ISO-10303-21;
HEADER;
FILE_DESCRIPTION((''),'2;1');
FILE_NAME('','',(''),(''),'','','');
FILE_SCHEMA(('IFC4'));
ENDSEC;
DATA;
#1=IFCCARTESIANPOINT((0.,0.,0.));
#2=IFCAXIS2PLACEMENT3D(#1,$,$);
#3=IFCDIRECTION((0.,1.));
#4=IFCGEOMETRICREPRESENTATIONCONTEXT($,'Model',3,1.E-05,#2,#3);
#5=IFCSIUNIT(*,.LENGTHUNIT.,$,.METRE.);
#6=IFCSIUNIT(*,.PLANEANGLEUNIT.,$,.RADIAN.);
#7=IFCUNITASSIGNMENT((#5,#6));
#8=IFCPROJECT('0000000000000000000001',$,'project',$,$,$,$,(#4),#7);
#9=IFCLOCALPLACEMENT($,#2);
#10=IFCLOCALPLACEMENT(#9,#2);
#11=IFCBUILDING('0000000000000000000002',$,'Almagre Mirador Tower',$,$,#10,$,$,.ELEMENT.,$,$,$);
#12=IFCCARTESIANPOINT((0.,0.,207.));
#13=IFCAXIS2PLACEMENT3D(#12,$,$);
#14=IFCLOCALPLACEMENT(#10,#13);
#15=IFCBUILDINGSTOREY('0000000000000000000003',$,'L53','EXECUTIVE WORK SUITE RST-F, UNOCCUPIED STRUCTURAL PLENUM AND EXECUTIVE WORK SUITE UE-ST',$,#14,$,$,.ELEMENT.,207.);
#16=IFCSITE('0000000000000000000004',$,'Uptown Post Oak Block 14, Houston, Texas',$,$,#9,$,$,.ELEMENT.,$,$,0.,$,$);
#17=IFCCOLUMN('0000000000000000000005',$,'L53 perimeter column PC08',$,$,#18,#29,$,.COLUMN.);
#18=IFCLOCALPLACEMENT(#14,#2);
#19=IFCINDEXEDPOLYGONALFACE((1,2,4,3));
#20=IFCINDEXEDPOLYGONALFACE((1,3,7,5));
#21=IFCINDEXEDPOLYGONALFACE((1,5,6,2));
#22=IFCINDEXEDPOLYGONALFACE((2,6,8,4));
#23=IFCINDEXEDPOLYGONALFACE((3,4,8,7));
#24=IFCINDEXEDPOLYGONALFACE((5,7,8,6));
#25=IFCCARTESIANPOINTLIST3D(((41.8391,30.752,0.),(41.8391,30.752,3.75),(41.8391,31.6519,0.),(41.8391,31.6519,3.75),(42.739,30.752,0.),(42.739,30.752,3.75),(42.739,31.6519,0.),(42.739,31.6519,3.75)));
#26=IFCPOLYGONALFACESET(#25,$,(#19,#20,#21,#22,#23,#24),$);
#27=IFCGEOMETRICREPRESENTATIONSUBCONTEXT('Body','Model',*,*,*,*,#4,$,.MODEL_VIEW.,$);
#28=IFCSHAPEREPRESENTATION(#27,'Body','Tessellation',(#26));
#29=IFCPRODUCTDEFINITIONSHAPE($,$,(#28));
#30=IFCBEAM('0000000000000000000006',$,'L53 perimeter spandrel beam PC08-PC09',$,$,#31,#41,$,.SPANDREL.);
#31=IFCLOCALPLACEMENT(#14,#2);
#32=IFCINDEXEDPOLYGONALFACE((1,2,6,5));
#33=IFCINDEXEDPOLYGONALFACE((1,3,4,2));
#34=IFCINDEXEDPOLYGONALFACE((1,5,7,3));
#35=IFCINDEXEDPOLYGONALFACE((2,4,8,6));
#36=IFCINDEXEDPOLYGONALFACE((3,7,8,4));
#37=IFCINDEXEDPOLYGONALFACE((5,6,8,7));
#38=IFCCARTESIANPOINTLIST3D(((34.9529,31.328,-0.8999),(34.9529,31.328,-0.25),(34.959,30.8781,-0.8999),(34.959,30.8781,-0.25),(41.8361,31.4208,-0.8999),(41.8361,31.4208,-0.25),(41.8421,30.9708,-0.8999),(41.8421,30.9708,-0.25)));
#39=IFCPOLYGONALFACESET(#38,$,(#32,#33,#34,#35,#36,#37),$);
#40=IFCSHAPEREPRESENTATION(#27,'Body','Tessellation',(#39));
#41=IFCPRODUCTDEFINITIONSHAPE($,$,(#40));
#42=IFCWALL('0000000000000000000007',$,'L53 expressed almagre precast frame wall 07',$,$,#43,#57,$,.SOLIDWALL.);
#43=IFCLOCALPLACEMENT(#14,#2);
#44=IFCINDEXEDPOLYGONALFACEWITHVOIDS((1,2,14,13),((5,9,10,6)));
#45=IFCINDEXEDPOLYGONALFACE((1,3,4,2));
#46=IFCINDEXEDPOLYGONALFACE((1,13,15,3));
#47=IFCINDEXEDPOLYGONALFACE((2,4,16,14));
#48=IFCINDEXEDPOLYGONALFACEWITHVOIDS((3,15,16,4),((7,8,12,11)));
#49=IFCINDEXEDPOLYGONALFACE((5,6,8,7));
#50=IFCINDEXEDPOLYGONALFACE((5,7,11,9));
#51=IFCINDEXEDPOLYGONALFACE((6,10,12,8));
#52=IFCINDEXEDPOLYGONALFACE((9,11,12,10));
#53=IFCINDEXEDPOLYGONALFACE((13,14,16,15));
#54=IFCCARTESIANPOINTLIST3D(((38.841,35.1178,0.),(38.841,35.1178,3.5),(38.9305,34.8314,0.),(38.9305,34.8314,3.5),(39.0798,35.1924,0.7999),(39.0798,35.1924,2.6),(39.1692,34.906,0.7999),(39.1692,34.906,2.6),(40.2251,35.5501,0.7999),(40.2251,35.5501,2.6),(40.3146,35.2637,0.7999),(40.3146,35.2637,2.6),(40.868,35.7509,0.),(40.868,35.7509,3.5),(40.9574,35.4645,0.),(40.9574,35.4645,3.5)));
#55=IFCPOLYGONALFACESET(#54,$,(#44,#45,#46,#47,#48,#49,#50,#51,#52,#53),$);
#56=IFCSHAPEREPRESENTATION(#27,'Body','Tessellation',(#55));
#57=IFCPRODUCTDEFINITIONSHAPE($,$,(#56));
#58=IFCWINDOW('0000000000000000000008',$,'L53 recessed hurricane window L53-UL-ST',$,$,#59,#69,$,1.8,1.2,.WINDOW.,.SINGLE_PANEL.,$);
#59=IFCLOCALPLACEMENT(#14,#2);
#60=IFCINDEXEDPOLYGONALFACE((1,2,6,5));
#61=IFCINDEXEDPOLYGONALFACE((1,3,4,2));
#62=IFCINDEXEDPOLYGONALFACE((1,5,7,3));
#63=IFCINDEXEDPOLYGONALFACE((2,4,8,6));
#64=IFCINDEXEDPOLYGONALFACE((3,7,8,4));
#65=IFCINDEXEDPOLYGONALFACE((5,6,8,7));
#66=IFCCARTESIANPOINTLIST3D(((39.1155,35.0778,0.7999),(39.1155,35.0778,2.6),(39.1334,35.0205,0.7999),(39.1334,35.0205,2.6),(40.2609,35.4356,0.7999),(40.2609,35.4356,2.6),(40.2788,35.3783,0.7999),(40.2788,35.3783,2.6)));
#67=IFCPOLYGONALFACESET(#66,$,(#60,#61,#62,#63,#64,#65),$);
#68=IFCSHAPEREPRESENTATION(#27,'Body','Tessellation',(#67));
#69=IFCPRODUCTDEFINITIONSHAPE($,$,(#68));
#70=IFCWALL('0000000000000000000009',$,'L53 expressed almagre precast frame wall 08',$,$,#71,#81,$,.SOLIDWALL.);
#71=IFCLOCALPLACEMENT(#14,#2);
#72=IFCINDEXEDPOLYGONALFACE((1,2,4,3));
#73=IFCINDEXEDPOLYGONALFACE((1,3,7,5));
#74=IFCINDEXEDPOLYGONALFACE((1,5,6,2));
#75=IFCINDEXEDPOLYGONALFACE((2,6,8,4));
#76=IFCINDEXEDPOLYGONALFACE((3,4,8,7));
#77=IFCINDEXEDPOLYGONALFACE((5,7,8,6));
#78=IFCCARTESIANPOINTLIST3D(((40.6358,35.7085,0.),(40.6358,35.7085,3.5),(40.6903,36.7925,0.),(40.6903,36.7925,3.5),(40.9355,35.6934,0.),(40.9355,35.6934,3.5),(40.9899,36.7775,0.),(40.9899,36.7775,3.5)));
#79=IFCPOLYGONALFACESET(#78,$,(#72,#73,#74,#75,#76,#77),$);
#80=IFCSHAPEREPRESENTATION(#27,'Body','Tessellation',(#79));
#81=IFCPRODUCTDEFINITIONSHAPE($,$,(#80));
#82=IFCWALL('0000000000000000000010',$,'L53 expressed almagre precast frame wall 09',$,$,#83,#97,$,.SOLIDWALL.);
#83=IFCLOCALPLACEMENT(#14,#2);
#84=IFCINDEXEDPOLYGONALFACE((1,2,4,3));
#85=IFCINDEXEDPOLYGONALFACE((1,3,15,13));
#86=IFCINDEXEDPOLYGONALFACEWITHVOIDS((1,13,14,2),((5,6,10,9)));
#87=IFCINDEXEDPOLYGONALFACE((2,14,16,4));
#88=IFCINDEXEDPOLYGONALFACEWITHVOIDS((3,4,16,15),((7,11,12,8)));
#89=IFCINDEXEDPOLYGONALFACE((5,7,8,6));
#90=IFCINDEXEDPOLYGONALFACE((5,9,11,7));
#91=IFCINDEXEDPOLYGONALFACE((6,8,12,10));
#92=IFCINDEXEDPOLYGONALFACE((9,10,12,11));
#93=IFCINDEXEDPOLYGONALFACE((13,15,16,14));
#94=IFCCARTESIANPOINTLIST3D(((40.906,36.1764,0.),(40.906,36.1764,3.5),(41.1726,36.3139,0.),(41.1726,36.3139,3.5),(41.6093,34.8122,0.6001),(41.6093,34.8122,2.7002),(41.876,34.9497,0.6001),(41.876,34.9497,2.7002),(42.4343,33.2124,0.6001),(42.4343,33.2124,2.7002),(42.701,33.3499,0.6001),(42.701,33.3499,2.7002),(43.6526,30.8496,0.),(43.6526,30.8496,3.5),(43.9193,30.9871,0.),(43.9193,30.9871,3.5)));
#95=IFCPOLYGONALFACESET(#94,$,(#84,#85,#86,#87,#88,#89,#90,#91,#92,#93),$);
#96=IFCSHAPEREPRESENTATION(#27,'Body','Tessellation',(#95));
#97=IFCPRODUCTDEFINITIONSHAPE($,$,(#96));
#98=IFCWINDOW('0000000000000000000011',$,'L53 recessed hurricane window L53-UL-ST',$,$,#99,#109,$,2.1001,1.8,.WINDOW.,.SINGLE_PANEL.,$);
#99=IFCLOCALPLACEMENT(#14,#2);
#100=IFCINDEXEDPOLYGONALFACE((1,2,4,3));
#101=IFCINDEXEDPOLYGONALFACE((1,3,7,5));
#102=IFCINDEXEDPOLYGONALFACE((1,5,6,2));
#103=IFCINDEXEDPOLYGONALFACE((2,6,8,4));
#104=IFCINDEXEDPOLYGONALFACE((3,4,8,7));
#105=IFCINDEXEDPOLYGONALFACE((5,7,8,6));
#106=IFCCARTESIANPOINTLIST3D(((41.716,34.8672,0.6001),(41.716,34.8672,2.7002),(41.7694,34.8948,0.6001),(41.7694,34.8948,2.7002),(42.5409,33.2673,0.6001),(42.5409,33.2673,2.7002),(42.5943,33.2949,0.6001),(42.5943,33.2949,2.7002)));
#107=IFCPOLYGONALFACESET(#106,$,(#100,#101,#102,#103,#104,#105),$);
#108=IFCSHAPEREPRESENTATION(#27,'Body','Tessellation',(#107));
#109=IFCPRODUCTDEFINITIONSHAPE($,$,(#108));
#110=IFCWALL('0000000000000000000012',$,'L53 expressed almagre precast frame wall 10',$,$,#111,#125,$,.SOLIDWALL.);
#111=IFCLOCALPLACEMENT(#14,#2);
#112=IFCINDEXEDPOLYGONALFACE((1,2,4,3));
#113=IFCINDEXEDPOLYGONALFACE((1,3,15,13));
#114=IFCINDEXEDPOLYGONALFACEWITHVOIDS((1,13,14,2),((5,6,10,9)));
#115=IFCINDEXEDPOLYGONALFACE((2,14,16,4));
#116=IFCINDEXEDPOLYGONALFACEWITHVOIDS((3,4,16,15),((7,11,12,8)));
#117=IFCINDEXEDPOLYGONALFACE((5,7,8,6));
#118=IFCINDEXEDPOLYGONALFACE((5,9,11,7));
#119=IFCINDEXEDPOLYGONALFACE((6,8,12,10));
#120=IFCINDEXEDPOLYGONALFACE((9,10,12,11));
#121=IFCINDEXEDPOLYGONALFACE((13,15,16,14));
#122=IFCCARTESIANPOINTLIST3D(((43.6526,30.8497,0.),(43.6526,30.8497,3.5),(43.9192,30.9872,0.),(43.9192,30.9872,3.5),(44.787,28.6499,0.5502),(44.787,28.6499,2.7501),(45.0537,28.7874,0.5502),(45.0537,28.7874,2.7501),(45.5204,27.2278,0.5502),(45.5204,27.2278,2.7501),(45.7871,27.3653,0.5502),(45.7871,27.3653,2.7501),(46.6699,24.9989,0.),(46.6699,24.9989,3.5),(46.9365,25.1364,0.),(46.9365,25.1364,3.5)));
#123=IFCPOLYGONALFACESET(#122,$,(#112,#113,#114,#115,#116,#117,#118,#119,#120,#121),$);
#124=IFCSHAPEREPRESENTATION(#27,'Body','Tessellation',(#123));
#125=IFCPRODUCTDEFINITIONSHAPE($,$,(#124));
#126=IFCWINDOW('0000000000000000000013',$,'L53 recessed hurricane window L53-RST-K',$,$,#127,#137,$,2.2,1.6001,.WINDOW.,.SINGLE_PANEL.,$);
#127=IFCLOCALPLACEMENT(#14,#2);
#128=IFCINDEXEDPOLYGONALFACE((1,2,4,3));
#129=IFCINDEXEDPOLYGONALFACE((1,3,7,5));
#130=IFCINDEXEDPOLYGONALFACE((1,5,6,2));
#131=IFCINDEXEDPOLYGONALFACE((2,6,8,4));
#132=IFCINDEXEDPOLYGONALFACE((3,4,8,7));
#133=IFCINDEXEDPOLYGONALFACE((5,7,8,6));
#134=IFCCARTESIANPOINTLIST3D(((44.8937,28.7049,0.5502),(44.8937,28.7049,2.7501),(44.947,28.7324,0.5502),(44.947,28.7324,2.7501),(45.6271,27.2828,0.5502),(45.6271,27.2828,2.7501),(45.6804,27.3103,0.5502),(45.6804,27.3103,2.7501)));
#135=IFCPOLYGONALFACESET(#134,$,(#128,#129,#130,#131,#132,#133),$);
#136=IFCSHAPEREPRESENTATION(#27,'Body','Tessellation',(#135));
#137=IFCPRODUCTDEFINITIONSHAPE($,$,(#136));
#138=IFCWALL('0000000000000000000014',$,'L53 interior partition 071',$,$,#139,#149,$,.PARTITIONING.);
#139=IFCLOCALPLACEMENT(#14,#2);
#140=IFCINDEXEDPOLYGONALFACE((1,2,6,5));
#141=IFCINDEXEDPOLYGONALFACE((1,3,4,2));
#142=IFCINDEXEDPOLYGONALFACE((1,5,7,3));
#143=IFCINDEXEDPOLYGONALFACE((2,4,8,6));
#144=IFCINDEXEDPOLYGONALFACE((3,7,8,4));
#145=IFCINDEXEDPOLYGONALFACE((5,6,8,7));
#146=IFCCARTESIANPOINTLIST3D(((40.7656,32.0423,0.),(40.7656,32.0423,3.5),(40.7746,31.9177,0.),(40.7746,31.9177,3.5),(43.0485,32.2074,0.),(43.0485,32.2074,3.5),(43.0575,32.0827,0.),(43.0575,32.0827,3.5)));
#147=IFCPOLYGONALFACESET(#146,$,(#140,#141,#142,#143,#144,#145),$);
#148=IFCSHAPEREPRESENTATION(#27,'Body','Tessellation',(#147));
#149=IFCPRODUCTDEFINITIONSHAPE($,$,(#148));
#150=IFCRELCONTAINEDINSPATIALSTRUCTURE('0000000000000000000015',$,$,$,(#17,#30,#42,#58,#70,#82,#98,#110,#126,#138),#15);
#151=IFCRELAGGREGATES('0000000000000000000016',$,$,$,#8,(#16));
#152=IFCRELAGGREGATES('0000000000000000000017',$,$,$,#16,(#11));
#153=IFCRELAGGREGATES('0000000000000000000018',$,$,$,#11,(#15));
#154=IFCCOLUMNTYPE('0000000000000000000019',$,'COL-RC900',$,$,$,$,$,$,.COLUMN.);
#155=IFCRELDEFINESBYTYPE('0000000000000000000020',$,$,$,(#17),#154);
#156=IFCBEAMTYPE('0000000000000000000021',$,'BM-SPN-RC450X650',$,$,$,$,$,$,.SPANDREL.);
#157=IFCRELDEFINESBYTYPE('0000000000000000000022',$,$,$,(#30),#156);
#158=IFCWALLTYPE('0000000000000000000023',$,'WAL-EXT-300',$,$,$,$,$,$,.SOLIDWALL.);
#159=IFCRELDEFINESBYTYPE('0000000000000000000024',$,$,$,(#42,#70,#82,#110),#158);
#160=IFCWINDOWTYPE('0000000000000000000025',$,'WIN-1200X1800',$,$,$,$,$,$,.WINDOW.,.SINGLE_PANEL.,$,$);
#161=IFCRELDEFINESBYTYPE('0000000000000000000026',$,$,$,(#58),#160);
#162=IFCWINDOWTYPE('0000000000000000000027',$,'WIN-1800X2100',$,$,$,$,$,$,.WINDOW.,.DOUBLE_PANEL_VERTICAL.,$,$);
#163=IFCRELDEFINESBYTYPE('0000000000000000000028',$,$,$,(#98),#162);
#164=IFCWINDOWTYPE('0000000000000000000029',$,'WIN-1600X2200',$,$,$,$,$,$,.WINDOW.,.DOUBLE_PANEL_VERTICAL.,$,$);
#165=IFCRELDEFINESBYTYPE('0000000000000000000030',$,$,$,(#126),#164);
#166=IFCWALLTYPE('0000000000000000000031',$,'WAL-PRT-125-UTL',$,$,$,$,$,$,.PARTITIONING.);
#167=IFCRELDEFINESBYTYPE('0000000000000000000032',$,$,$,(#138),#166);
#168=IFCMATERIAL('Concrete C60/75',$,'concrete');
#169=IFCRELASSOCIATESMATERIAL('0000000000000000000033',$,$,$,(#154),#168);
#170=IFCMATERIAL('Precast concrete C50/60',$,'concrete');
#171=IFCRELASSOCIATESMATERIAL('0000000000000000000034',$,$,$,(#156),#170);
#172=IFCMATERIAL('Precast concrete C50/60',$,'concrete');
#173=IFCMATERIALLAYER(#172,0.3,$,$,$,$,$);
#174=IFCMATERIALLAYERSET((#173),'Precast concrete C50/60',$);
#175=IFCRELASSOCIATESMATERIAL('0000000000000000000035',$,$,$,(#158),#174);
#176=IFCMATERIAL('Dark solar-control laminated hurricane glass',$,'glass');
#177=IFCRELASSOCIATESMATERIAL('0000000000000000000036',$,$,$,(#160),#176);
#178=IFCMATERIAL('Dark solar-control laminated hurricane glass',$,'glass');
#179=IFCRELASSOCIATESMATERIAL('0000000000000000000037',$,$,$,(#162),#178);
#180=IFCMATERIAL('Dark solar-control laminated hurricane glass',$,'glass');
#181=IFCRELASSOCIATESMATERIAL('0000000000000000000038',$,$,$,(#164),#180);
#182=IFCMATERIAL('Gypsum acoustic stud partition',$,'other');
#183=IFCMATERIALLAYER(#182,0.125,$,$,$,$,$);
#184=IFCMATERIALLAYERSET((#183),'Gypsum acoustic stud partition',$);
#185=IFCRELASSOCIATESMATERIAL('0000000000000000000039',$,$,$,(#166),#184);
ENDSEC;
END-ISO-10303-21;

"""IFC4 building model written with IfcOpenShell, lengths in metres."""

from ifc_helpers import new_model, si_unit, direction, frame, frame_2d, origin, origin_2d, place, context, subcontext, project, spatial, rectangle, extrude, material, layer, layer_set, material_profile, profile_set, type_object, element, fill, save


model = new_model("IFC4")

# Units and contexts
model_context = context("Model", 3, precision=1e-05, world=origin(), true_north=direction((0.0, 1.0)))
body_context = subcontext(model_context, "Body", "Model", "MODEL_VIEW")
ifc_project = project(units=[si_unit("LENGTHUNIT", "METRE"), si_unit("PLANEANGLEUNIT", "RADIAN")], contexts=[model_context])

# Site, building, storey
site_placement = place(None, origin())
site = spatial("IfcSite", under=ifc_project, at=site_placement, Name="Uptown Post Oak Block 14, Houston, Texas", CompositionType="ELEMENT", RefElevation=0.0)
building_placement = place(site_placement, origin())
building = spatial("IfcBuilding", under=site, at=building_placement, Name="Almagre Mirador Tower", CompositionType="ELEMENT")
storey_placement = place(building_placement, frame((0.0, 0.0, 207.0)))
storey = spatial("IfcBuildingStorey", under=building, at=storey_placement, Name="L53", Description="EXECUTIVE WORK SUITE RST-F, UNOCCUPIED STRUCTURAL PLENUM AND EXECUTIVE WORK SUITE UE-ST", CompositionType="ELEMENT", Elevation=207.0)

# Column
ifc_material_1 = material(Name="Concrete C60/75", Category="concrete")
ifc_material_profile_1 = material_profile(ifc_material_1, rectangle(XDim=0.8999, YDim=0.8999, at=origin_2d()), Name="RC900X900")
ifc_profile_set_1 = profile_set([ifc_material_profile_1], Name="Concrete C60/75")
column_type = type_object("IfcColumnType", Name="COL-RC900", PredefinedType="COLUMN", material=ifc_profile_set_1)
column_placement = place(storey_placement, frame((42.2891, 31.2019, 0.0), z_axis=(0.0, 0.0, 1.0), x_axis=(1.0, 0.0, 0.0)))
element("IfcColumn", 1, at=column_placement, inside=storey, type_object=column_type, Name="L53 perimeter column PC08", PredefinedType="COLUMN", context=body_context, shape_type="SweptSolid", body=[
    extrude(rectangle(XDim=0.8999, YDim=0.8999, at=origin_2d()), origin(), (0.0, 0.0, 1.0), 3.75),
])

# Beam
ifc_material_2 = material(Name="Precast concrete C50/60", Category="concrete")
ifc_material_profile_2 = material_profile(ifc_material_2, rectangle(XDim=0.45, YDim=0.6499, at=origin_2d()), Name="RC450X650")
ifc_profile_set_2 = profile_set([ifc_material_profile_2], Name="Precast concrete C50/60")
beam_type = type_object("IfcBeamType", Name="BM-SPN-RC450X650", PredefinedType="SPANDREL", material=ifc_profile_set_2)
beam_placement = place(storey_placement, frame((41.8391, 31.1958, -0.575), z_axis=(-0.999909, -0.013477, 0.0), x_axis=(0.013477, -0.999909, 0.0)))
element("IfcBeam", 2, at=beam_placement, inside=storey, type_object=beam_type, Name="L53 perimeter spandrel beam PC08-PC09", PredefinedType="SPANDREL", context=body_context, shape_type="SweptSolid", body=[
    extrude(rectangle(XDim=0.45, YDim=0.6499, at=origin_2d()), origin(), (0.0, 0.0, 1.0), 6.8838),
])

# Wall, opening, window
ifc_material_3 = material(Name="Precast concrete C50/60", Category="concrete")
ifc_layer_1 = layer(ifc_material_3, 0.3)
ifc_layer_set_1 = layer_set([ifc_layer_1], Name="Precast concrete C50/60")
wall_type_1 = type_object("IfcWallType", Name="WAL-EXT-300", PredefinedType="SOLIDWALL", material=ifc_layer_set_1)
wall_1_placement = place(storey_placement, frame((38.8857, 34.9746, 0.0), z_axis=(0.0, 0.0, 1.0), x_axis=(0.954525, 0.298131, 0.0)))
wall_1 = element("IfcWall", 3, at=wall_1_placement, inside=storey, type_object=wall_type_1, Name="L53 expressed almagre precast frame wall 07", PredefinedType="SOLIDWALL", context=body_context, shape_type="SweptSolid", body=[
    extrude(rectangle(XDim=2.1235, YDim=0.3, at=frame_2d((1.0618, 0.0))), origin(), (0.0, 0.0, 1.0), 3.5),
])
opening_1_placement = place(wall_1_placement, frame((0.25, 0.0, 0.8)))
opening_1 = element("IfcOpeningElement", 4, at=opening_1_placement, cuts=wall_1, PredefinedType="OPENING", context=body_context, shape_type="SweptSolid", body=[
    extrude(rectangle(XDim=1.2, YDim=1.8, at=frame_2d((0.6001, 0.8999))), frame((0.0, 0.1599, 0.0), z_axis=(0.0, -1.0, 0.0), x_axis=(1.0, 0.0, 0.0)), (0.0, 0.0, 1.0), 0.32),
])
ifc_material_4 = material(Name="Dark solar-control laminated hurricane glass", Category="glass")
window_type_1 = type_object("IfcWindowType", Name="WIN-1200X1800", PartitioningType="SINGLE_PANEL", PredefinedType="WINDOW", material=ifc_material_4)
window_1_placement = place(opening_1_placement, origin())
window_1 = element("IfcWindow", 5, at=window_1_placement, inside=storey, type_object=window_type_1, Name="L53 recessed hurricane window L53-UL-ST", OverallHeight=1.8, OverallWidth=1.2, PartitioningType="SINGLE_PANEL", PredefinedType="WINDOW", context=body_context, shape_type="SweptSolid", body=[
    extrude(rectangle(XDim=1.2, YDim=1.8, at=frame_2d((0.6001, 0.8999))), frame((0.0, 0.03, 0.0), z_axis=(0.0, -1.0, 0.0), x_axis=(1.0, 0.0, 0.0)), (0.0, 0.0, 1.0), 0.0601),
])
fill(opening_1, window_1)

# Wall
wall_2_placement = place(storey_placement, frame((40.7856, 35.7009, 0.0), z_axis=(0.0, 0.0, 1.0), x_axis=(0.050162, 0.998741, 0.0)))
element("IfcWall", 6, at=wall_2_placement, inside=storey, type_object=wall_type_1, Name="L53 expressed almagre precast frame wall 08", PredefinedType="SOLIDWALL", context=body_context, shape_type="SweptSolid", body=[
    extrude(rectangle(XDim=1.0854, YDim=0.3, at=frame_2d((0.5427, 0.0))), origin(), (0.0, 0.0, 1.0), 3.5),
])

# Walls, openings, windows
wall_3_placement = place(storey_placement, frame((41.0393, 36.2451, 0.0), z_axis=(0.0, 0.0, 1.0), x_axis=(0.458292, -0.888802, 0.0)))
wall_3 = element("IfcWall", 7, at=wall_3_placement, inside=storey, type_object=wall_type_1, Name="L53 expressed almagre precast frame wall 09", PredefinedType="SOLIDWALL", context=body_context, shape_type="SweptSolid", body=[
    extrude(rectangle(XDim=5.9932, YDim=0.3, at=frame_2d((2.9966, 0.0))), origin(), (0.0, 0.0, 1.0), 3.5),
])
opening_2_placement = place(wall_3_placement, frame((1.5349, 0.0, 0.6001)))
opening_2 = element("IfcOpeningElement", 8, at=opening_2_placement, cuts=wall_3, PredefinedType="OPENING", context=body_context, shape_type="SweptSolid", body=[
    extrude(rectangle(XDim=1.8, YDim=2.1001, at=frame_2d((0.8999, 1.05))), frame((0.0, 0.1599, 0.0), z_axis=(0.0, -1.0, 0.0), x_axis=(1.0, 0.0, 0.0)), (0.0, 0.0, 1.0), 0.32),
])
ifc_material_5 = material(Name="Dark solar-control laminated hurricane glass", Category="glass")
window_type_2 = type_object("IfcWindowType", Name="WIN-1800X2100", PartitioningType="DOUBLE_PANEL_VERTICAL", PredefinedType="WINDOW", material=ifc_material_5)
window_2_placement = place(opening_2_placement, origin())
window_2 = element("IfcWindow", 9, at=window_2_placement, inside=storey, type_object=window_type_2, Name="L53 recessed hurricane window L53-UL-ST", OverallHeight=2.1001, OverallWidth=1.8, PartitioningType="SINGLE_PANEL", PredefinedType="WINDOW", context=body_context, shape_type="SweptSolid", body=[
    extrude(rectangle(XDim=1.8, YDim=2.1001, at=frame_2d((0.8999, 1.05))), frame((0.0, 0.03, 0.0), z_axis=(0.0, -1.0, 0.0), x_axis=(1.0, 0.0, 0.0)), (0.0, 0.0, 1.0), 0.0601),
])
fill(opening_2, window_2)
wall_4_placement = place(storey_placement, frame((43.7859, 30.9185, 0.0), z_axis=(0.0, 0.0, 1.0), x_axis=(0.458349, -0.888772, 0.0)))
wall_4 = element("IfcWall", 10, at=wall_4_placement, inside=storey, type_object=wall_type_1, Name="L53 expressed almagre precast frame wall 10", PredefinedType="SOLIDWALL", context=body_context, shape_type="SweptSolid", body=[
    extrude(rectangle(XDim=6.583, YDim=0.3, at=frame_2d((3.2915, 0.0))), origin(), (0.0, 0.0, 1.0), 3.5),
])
opening_3_placement = place(wall_4_placement, frame((2.4751, 0.0, 0.55)))
opening_3 = element("IfcOpeningElement", 11, at=opening_3_placement, cuts=wall_4, PredefinedType="OPENING", context=body_context, shape_type="SweptSolid", body=[
    extrude(rectangle(XDim=1.6001, YDim=2.2, at=frame_2d((0.8, 1.1001))), frame((0.0, 0.1599, 0.0), z_axis=(0.0, -1.0, 0.0), x_axis=(1.0, 0.0, 0.0)), (0.0, 0.0, 1.0), 0.32),
])
ifc_material_6 = material(Name="Dark solar-control laminated hurricane glass", Category="glass")
window_type_3 = type_object("IfcWindowType", Name="WIN-1600X2200", PartitioningType="DOUBLE_PANEL_VERTICAL", PredefinedType="WINDOW", material=ifc_material_6)
window_3_placement = place(opening_3_placement, origin())
window_3 = element("IfcWindow", 12, at=window_3_placement, inside=storey, type_object=window_type_3, Name="L53 recessed hurricane window L53-RST-K", OverallHeight=2.2, OverallWidth=1.6001, PartitioningType="SINGLE_PANEL", PredefinedType="WINDOW", context=body_context, shape_type="SweptSolid", body=[
    extrude(rectangle(XDim=1.6001, YDim=2.2, at=frame_2d((0.8, 1.1001))), frame((0.0, 0.03, 0.0), z_axis=(0.0, -1.0, 0.0), x_axis=(1.0, 0.0, 0.0)), (0.0, 0.0, 1.0), 0.0601),
])
fill(opening_3, window_3)

# Wall
ifc_material_7 = material(Name="Gypsum acoustic stud partition", Category="other")
ifc_layer_2 = layer(ifc_material_7, 0.125)
ifc_layer_set_2 = layer_set([ifc_layer_2], Name="Gypsum acoustic stud partition")
wall_type_2 = type_object("IfcWallType", Name="WAL-PRT-125-UTL", PredefinedType="PARTITIONING", material=ifc_layer_set_2)
wall_5_placement = place(storey_placement, frame((40.77, 31.98, 0.0), z_axis=(0.0, 0.0, 1.0), x_axis=(0.997397, 0.072104, 0.0)))
element("IfcWall", 13, at=wall_5_placement, inside=storey, type_object=wall_type_2, Name="L53 interior partition 071", PredefinedType="PARTITIONING", context=body_context, shape_type="SweptSolid", body=[
    extrude(rectangle(XDim=2.2888, YDim=0.125, at=frame_2d((1.1445, 0.0))), origin(), (0.0, 0.0, 1.0), 3.5),
])

save(model, "model.ifc")
